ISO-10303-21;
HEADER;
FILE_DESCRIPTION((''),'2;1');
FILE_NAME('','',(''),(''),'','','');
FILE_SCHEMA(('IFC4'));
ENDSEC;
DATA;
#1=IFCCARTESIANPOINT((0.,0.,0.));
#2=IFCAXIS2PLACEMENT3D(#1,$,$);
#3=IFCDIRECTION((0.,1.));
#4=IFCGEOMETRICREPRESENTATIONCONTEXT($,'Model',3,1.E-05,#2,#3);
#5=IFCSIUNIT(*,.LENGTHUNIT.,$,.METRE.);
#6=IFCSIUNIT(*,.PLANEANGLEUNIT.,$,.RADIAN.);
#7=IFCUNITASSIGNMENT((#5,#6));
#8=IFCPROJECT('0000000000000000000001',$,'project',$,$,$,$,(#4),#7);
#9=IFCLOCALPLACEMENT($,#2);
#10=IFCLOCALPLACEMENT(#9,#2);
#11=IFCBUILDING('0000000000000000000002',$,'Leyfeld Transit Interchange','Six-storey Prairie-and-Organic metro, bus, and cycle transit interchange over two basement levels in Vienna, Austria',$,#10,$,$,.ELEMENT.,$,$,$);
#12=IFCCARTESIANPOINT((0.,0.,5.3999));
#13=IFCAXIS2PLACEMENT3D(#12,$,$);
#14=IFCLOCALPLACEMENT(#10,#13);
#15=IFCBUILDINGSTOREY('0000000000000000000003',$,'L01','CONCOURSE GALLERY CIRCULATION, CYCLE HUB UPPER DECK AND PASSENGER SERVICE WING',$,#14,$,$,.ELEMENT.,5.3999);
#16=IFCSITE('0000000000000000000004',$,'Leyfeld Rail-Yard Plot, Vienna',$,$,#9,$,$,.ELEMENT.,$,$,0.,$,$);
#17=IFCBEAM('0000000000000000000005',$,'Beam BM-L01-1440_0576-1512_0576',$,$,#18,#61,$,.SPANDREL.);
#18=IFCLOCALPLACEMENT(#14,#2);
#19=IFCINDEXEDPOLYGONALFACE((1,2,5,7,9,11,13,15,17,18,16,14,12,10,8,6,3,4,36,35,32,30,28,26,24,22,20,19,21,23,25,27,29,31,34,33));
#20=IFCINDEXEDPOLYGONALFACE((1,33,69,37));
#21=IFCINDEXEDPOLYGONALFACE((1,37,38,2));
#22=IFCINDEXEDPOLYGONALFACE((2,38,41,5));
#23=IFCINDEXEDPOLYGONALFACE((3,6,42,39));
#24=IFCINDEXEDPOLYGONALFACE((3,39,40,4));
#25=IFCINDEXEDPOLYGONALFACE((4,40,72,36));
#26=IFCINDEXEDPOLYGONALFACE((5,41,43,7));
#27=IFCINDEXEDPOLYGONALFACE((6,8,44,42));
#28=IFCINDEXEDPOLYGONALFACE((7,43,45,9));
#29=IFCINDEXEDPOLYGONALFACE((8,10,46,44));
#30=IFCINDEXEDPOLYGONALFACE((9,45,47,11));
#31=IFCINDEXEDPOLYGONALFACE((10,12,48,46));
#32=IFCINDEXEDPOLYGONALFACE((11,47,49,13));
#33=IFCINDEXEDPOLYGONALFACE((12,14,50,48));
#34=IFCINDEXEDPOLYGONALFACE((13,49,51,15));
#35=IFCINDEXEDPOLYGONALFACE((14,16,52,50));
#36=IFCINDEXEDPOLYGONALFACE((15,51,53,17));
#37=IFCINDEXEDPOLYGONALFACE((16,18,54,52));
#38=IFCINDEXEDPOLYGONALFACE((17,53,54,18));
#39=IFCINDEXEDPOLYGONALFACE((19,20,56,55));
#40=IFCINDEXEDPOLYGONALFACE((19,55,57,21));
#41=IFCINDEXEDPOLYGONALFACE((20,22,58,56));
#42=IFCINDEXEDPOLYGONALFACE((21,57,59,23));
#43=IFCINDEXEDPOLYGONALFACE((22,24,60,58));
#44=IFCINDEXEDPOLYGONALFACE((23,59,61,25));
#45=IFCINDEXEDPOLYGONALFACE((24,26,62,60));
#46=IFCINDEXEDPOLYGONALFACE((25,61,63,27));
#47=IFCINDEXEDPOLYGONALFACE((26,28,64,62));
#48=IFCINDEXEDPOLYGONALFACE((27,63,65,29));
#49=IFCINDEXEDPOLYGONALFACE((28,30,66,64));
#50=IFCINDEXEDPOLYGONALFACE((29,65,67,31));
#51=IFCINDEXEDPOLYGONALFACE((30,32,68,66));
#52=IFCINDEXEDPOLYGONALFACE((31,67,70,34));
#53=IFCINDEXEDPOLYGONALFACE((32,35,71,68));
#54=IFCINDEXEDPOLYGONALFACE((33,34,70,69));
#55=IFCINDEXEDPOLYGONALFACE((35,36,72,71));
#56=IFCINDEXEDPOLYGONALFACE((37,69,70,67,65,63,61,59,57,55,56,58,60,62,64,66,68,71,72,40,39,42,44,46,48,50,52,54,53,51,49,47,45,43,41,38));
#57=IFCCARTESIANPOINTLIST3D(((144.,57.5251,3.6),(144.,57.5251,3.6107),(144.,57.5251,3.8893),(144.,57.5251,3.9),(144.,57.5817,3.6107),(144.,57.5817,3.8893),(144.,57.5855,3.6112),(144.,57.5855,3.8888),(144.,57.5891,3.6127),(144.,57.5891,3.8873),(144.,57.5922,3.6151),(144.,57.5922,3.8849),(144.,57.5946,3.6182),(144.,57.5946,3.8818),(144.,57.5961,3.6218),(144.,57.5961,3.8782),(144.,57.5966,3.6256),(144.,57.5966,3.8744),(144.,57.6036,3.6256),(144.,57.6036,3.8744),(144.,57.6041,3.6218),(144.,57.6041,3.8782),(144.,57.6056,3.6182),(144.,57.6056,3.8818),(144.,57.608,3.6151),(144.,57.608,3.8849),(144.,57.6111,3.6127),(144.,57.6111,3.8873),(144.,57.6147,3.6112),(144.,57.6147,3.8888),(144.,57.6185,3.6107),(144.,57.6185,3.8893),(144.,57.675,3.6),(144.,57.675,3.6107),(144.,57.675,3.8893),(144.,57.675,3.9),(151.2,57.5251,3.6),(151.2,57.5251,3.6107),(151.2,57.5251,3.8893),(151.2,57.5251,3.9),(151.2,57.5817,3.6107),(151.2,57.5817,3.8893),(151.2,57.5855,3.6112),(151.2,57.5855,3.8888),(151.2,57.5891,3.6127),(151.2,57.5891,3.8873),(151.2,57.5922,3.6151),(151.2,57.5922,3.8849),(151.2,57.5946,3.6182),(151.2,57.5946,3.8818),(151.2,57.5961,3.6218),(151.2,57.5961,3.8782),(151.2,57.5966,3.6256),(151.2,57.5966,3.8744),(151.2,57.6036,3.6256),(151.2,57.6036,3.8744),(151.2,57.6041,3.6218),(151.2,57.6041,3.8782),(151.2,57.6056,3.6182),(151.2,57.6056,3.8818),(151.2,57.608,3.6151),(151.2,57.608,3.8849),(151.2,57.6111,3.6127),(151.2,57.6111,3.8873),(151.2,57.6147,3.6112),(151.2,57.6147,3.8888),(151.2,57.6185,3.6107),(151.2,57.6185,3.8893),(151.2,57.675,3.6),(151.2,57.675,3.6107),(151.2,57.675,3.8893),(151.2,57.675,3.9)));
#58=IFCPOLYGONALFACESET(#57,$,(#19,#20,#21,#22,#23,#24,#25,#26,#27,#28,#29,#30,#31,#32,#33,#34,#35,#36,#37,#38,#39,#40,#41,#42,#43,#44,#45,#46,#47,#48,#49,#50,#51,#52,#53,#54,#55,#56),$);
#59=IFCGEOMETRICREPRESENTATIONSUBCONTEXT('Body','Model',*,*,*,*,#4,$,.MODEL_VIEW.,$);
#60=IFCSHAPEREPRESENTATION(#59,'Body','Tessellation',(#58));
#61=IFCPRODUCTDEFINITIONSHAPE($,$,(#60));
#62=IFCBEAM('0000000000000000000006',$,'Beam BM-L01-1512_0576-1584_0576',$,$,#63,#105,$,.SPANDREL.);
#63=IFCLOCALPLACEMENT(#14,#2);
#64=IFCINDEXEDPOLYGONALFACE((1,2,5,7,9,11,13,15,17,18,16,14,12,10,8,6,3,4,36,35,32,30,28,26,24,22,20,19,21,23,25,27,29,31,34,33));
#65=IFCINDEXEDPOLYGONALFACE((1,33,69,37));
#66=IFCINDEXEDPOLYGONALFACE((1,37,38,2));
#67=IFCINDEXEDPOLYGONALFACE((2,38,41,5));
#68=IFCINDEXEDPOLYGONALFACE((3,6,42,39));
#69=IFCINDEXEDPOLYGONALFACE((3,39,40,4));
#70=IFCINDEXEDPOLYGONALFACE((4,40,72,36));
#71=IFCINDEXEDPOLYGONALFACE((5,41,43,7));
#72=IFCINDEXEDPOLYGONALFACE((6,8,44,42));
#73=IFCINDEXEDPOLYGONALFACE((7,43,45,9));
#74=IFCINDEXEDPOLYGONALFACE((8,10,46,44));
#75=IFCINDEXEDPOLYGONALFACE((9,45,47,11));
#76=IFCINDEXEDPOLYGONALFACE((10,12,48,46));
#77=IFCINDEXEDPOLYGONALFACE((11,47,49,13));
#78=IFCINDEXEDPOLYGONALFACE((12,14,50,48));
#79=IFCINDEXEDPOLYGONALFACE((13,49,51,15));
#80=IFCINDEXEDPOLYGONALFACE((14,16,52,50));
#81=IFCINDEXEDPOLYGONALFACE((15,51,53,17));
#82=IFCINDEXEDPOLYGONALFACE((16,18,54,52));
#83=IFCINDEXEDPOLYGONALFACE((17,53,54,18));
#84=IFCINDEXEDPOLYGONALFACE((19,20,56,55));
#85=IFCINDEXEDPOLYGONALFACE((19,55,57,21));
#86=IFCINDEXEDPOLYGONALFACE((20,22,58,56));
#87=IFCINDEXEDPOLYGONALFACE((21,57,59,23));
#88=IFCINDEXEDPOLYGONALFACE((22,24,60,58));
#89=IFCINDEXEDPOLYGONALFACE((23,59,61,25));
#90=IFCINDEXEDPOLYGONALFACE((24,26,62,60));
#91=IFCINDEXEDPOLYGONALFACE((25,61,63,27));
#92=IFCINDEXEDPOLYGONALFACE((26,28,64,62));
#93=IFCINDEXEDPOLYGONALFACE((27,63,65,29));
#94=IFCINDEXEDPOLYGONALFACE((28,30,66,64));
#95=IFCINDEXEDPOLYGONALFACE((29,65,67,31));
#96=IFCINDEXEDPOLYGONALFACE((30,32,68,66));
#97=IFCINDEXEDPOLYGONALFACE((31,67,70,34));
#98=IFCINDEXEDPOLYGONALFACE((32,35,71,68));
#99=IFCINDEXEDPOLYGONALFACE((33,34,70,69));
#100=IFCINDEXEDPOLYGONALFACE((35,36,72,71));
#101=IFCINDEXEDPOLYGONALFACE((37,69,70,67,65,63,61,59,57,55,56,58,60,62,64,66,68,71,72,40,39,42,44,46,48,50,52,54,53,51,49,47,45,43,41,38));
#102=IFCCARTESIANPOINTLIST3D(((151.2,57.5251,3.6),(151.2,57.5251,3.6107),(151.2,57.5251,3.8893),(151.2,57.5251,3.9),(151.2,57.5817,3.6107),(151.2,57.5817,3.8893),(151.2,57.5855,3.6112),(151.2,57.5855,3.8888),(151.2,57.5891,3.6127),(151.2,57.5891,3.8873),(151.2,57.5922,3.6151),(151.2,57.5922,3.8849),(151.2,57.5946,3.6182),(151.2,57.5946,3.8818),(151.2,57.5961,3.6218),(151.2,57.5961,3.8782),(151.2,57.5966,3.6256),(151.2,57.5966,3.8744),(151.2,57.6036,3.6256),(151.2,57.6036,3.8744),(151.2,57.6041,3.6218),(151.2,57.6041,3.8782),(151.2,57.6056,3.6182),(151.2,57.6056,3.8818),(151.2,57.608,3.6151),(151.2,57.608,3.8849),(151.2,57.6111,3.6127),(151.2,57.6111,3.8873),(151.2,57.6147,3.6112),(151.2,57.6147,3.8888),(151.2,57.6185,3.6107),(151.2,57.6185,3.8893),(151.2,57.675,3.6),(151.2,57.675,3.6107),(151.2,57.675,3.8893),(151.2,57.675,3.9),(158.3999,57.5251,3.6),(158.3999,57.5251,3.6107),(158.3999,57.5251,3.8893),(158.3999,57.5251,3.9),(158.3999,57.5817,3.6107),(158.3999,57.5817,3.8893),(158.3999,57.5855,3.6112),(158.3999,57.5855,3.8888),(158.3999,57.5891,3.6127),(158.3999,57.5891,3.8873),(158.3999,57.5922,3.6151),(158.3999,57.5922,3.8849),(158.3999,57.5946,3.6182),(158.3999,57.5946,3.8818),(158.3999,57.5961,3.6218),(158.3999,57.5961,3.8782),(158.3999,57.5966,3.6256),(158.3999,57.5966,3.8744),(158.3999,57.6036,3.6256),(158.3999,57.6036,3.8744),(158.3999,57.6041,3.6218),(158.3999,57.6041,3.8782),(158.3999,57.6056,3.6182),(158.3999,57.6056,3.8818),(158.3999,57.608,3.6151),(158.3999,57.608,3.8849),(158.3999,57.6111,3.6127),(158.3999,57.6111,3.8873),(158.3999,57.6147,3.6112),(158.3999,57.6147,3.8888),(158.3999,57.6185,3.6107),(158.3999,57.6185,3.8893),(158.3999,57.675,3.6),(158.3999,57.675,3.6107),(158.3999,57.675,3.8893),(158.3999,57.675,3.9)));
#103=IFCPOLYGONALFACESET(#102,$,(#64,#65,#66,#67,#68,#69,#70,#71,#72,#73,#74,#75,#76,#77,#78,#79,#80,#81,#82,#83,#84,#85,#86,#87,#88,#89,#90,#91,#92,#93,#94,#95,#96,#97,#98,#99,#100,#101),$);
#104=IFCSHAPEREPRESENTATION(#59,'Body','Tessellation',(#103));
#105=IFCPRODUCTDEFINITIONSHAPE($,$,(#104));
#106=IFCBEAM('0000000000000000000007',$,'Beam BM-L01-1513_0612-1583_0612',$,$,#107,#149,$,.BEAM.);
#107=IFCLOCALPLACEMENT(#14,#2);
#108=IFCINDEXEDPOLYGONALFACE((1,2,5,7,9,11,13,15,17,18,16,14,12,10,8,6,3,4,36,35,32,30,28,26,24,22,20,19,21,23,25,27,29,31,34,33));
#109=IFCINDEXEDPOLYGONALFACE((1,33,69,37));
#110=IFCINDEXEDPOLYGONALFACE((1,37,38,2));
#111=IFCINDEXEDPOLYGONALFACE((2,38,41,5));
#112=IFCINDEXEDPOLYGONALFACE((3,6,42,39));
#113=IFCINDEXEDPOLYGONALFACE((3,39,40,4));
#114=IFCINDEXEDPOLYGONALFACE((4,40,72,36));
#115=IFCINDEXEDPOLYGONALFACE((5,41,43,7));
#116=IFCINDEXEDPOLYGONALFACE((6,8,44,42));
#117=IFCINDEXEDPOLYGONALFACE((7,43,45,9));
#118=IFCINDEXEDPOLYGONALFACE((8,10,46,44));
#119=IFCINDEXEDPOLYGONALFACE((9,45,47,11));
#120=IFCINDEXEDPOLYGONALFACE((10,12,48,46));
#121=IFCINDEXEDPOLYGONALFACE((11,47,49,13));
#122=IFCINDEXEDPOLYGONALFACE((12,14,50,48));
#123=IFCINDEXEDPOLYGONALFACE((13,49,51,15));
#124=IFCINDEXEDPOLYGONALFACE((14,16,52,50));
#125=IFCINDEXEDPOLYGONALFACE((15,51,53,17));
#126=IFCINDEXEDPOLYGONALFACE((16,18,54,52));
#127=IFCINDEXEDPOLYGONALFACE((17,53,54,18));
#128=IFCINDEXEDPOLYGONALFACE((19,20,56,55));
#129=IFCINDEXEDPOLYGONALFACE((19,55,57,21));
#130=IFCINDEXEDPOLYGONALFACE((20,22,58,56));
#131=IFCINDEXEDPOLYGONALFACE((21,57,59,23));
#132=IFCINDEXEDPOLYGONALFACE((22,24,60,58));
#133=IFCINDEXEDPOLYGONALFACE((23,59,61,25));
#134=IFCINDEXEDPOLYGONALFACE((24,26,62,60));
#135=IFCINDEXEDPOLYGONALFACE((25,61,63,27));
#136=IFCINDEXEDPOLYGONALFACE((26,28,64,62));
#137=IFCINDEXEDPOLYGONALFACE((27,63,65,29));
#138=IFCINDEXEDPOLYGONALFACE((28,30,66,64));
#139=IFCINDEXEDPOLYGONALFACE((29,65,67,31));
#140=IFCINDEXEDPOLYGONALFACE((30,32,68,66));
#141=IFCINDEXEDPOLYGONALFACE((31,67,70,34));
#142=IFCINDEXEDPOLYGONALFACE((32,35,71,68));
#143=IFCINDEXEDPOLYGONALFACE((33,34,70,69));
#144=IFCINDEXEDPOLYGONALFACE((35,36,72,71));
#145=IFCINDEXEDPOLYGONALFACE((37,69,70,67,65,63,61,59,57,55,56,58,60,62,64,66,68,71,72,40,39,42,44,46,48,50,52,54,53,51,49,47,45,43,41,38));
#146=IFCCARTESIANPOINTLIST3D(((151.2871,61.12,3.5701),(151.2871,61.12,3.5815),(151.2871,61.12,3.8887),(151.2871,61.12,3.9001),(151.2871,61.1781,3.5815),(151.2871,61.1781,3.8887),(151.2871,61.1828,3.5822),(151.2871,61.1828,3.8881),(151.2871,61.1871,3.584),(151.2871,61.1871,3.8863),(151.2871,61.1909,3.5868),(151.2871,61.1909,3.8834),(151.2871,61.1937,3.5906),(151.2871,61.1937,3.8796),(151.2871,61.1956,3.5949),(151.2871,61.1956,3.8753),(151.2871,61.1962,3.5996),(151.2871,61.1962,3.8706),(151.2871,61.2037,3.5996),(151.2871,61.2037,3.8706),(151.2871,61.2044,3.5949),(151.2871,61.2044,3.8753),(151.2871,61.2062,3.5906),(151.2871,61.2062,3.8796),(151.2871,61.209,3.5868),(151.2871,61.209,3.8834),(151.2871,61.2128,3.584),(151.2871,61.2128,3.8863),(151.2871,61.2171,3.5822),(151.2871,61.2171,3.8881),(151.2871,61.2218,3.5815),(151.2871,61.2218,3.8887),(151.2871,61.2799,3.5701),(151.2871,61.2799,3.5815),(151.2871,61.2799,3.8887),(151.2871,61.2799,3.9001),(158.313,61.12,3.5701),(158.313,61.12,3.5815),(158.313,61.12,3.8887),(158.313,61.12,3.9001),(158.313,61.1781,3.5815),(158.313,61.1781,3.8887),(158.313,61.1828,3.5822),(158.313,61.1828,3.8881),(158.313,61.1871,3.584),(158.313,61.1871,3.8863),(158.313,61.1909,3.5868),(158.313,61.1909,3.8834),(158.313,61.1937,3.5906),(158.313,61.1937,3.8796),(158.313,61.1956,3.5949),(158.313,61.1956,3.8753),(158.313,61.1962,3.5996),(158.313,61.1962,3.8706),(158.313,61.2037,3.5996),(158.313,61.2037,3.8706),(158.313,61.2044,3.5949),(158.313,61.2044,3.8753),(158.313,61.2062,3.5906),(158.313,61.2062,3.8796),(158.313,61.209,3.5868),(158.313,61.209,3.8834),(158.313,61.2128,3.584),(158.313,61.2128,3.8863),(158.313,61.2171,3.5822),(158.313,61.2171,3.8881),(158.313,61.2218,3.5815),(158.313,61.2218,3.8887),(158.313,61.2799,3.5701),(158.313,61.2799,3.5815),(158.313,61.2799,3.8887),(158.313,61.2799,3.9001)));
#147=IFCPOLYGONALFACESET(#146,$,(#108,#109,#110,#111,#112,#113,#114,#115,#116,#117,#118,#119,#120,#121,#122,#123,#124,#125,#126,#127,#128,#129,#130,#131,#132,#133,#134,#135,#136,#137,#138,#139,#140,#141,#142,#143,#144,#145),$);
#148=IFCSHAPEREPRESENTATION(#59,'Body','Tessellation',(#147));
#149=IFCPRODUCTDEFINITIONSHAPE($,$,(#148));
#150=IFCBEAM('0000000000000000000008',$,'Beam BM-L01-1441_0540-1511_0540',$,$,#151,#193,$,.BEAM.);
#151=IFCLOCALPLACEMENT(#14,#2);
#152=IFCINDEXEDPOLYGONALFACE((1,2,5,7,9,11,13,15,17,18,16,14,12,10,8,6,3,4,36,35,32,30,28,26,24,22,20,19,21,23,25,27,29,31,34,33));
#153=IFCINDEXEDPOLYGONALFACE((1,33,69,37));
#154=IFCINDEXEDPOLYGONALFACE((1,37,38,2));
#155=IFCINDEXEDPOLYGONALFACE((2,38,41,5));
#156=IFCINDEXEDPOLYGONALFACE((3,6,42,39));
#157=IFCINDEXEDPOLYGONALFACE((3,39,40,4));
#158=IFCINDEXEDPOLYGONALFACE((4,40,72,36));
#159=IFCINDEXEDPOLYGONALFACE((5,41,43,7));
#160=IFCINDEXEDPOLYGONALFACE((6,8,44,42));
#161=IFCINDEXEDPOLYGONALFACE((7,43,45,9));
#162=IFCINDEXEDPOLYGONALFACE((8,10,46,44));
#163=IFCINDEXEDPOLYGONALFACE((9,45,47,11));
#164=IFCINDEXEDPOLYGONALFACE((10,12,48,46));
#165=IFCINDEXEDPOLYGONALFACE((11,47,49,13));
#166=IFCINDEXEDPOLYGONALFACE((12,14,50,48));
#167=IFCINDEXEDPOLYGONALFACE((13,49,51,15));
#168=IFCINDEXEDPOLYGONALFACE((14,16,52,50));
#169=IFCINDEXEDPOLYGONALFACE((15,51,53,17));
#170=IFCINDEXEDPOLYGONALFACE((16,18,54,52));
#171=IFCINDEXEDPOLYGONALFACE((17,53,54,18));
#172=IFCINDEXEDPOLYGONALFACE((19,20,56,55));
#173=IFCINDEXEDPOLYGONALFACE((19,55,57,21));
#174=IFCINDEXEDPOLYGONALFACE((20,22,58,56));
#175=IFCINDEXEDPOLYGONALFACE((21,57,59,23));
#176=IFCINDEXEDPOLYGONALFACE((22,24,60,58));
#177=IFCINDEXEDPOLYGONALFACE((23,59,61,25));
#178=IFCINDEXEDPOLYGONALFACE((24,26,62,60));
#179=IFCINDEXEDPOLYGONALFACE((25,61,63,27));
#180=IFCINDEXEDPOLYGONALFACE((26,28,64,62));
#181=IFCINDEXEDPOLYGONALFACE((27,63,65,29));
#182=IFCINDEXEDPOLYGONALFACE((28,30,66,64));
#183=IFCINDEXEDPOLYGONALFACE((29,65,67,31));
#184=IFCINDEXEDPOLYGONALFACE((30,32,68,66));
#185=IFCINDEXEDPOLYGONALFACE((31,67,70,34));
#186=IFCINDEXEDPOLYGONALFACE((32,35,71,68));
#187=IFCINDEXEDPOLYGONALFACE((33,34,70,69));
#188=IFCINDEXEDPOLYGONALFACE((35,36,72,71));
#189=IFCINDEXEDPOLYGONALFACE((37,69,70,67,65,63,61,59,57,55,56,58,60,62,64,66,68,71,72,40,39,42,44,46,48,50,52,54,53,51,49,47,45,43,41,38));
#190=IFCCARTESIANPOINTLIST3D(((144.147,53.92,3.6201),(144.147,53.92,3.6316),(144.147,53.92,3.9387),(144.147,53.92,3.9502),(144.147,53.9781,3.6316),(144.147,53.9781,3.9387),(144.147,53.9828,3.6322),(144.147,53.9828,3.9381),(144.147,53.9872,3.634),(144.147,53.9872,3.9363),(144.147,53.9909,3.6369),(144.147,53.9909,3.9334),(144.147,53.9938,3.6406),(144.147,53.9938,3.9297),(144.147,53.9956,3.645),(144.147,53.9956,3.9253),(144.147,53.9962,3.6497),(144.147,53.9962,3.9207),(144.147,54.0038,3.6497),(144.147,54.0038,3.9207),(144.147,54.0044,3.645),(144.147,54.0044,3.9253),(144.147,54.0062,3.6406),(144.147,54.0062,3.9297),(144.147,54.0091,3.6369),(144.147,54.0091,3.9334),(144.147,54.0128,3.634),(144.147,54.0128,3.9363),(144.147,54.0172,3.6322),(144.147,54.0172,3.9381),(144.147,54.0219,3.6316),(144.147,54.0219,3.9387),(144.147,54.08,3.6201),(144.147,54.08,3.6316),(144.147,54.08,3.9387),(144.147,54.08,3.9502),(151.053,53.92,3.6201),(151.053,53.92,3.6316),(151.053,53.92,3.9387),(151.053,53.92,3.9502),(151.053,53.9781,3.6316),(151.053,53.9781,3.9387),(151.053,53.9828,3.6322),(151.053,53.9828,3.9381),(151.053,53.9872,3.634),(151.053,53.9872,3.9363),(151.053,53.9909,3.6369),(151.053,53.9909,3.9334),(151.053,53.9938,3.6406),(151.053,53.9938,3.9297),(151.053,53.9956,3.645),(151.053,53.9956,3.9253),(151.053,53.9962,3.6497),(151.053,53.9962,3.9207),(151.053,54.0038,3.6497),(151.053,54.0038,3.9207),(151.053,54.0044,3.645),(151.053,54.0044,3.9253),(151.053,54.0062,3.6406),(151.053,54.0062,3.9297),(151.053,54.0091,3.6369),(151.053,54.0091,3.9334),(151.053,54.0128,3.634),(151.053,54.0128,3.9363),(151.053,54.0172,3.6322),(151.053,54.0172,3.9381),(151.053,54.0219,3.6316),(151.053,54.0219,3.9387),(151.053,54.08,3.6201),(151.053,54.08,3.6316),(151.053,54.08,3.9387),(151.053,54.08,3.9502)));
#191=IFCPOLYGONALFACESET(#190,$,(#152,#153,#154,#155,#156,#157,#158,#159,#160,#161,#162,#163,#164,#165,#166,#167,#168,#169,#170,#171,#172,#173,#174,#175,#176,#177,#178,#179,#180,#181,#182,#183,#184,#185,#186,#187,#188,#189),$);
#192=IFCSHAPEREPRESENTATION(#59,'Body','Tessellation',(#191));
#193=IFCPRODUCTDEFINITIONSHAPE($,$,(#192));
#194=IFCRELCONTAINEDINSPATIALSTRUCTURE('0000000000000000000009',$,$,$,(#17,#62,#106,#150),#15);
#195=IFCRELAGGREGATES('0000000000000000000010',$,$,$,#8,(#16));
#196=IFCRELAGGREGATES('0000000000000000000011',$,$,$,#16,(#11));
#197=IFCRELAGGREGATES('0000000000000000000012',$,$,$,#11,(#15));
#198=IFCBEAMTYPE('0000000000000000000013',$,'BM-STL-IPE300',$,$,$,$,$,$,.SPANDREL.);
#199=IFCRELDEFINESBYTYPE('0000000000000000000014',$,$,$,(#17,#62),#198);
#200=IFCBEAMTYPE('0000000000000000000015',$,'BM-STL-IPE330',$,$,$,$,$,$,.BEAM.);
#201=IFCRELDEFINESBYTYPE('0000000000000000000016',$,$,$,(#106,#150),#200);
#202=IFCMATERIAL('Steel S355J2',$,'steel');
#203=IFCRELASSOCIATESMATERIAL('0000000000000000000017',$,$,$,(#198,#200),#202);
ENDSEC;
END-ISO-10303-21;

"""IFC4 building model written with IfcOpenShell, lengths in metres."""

from ifc_helpers import new_model, si_unit, direction, frame, origin, origin_2d, place, context, subcontext, project, spatial, i_section, extrude, material, material_profile, profile_set, type_object, element, save


model = new_model("IFC4")

# Units and contexts
model_context = context("Model", 3, precision=1e-05, world=origin(), true_north=direction((0.0, 1.0)))
body_context = subcontext(model_context, "Body", "Model", "MODEL_VIEW")
ifc_project = project(units=[si_unit("LENGTHUNIT", "METRE"), si_unit("PLANEANGLEUNIT", "RADIAN")], contexts=[model_context])

# Site, building, storey
site_placement = place(None, origin())
site = spatial("IfcSite", under=ifc_project, at=site_placement, Name="Leyfeld Rail-Yard Plot, Vienna", CompositionType="ELEMENT", RefElevation=0.0)
building_placement = place(site_placement, origin())
building = spatial("IfcBuilding", under=site, at=building_placement, Name="Leyfeld Transit Interchange", Description="Six-storey Prairie-and-Organic metro, bus, and cycle transit interchange over two basement levels in Vienna, Austria", CompositionType="ELEMENT")
storey_placement = place(building_placement, frame((0.0, 0.0, 5.3999)))
storey = spatial("IfcBuildingStorey", under=building, at=storey_placement, Name="L01", Description="CONCOURSE GALLERY CIRCULATION, CYCLE HUB UPPER DECK AND PASSENGER SERVICE WING", CompositionType="ELEMENT", Elevation=5.3999)

# Shared definitions
ifc_material_1 = material(Name="Steel S355J2", Category="steel")

# Beams
ifc_material_profile_1 = material_profile(ifc_material_1, i_section(OverallWidth=0.1499, OverallDepth=0.3, WebThickness=0.0071, FlangeThickness=0.0107, FilletRadius=0.0149, at=origin_2d()), Name="IPE 300")
ifc_profile_set_1 = profile_set([ifc_material_profile_1], Name="Steel S355J2")
beam_type_1 = type_object("IfcBeamType", Name="BM-STL-IPE300", PredefinedType="SPANDREL", material=ifc_profile_set_1)
for number, where, z_axis, x_axis, name in (
    (1, (144.0, 57.6001, 3.75), (1.0, 0.0, 0.0), (0.0, 1.0, 0.0), "Beam BM-L01-1440_0576-1512_0576"),
    (2, (151.2, 57.6001, 3.75), (1.0, 0.0, 0.0), (0.0, 1.0, 0.0), "Beam BM-L01-1512_0576-1584_0576"),
):
    element("IfcBeam", number, at=place(storey_placement, frame(where, z_axis=z_axis, x_axis=x_axis)), inside=storey, type_object=beam_type_1, Name=name, PredefinedType="SPANDREL", context=body_context, shape_type="SweptSolid", body=[
        extrude(i_section(OverallWidth=0.1499, OverallDepth=0.3, WebThickness=0.0071, FlangeThickness=0.0107, FilletRadius=0.0149, at=origin_2d()), origin(), (0.0, 0.0, 1.0), 7.2),
    ])
ifc_material_profile_2 = material_profile(ifc_material_1, i_section(OverallWidth=0.1599, OverallDepth=0.3301, WebThickness=0.0076, FlangeThickness=0.0115, FilletRadius=0.0181, at=origin_2d()), Name="IPE 330")
ifc_profile_set_2 = profile_set([ifc_material_profile_2], Name="Steel S355J2")
beam_type_2 = type_object("IfcBeamType", Name="BM-STL-IPE330", PredefinedType="BEAM", material=ifc_profile_set_2)
beam_1_placement = place(storey_placement, frame((151.2871, 61.2, 3.7351), z_axis=(1.0, 0.0, 0.0), x_axis=(0.0, 1.0, 0.0)))
element("IfcBeam", 3, at=beam_1_placement, inside=storey, type_object=beam_type_2, Name="Beam BM-L01-1513_0612-1583_0612", PredefinedType="BEAM", context=body_context, shape_type="SweptSolid", body=[
    extrude(i_section(OverallWidth=0.1599, OverallDepth=0.3301, WebThickness=0.0076, FlangeThickness=0.0115, FilletRadius=0.0181, at=origin_2d()), origin(), (0.0, 0.0, 1.0), 7.0259),
])
for number, where, z_axis, x_axis, name in (
    (4, (144.147, 54.0, 3.7852), (1.0, 0.0, 0.0), (0.0, 1.0, 0.0), "Beam BM-L01-1441_0540-1511_0540"),
):
    element("IfcBeam", number, at=place(storey_placement, frame(where, z_axis=z_axis, x_axis=x_axis)), inside=storey, type_object=beam_type_2, Name=name, PredefinedType="BEAM", context=body_context, shape_type="SweptSolid", body=[
        extrude(i_section(OverallWidth=0.1599, OverallDepth=0.3301, WebThickness=0.0076, FlangeThickness=0.0115, FilletRadius=0.0181, at=origin_2d()), origin(), (0.0, 0.0, 1.0), 6.906),
    ])

save(model, "model.ifc")
